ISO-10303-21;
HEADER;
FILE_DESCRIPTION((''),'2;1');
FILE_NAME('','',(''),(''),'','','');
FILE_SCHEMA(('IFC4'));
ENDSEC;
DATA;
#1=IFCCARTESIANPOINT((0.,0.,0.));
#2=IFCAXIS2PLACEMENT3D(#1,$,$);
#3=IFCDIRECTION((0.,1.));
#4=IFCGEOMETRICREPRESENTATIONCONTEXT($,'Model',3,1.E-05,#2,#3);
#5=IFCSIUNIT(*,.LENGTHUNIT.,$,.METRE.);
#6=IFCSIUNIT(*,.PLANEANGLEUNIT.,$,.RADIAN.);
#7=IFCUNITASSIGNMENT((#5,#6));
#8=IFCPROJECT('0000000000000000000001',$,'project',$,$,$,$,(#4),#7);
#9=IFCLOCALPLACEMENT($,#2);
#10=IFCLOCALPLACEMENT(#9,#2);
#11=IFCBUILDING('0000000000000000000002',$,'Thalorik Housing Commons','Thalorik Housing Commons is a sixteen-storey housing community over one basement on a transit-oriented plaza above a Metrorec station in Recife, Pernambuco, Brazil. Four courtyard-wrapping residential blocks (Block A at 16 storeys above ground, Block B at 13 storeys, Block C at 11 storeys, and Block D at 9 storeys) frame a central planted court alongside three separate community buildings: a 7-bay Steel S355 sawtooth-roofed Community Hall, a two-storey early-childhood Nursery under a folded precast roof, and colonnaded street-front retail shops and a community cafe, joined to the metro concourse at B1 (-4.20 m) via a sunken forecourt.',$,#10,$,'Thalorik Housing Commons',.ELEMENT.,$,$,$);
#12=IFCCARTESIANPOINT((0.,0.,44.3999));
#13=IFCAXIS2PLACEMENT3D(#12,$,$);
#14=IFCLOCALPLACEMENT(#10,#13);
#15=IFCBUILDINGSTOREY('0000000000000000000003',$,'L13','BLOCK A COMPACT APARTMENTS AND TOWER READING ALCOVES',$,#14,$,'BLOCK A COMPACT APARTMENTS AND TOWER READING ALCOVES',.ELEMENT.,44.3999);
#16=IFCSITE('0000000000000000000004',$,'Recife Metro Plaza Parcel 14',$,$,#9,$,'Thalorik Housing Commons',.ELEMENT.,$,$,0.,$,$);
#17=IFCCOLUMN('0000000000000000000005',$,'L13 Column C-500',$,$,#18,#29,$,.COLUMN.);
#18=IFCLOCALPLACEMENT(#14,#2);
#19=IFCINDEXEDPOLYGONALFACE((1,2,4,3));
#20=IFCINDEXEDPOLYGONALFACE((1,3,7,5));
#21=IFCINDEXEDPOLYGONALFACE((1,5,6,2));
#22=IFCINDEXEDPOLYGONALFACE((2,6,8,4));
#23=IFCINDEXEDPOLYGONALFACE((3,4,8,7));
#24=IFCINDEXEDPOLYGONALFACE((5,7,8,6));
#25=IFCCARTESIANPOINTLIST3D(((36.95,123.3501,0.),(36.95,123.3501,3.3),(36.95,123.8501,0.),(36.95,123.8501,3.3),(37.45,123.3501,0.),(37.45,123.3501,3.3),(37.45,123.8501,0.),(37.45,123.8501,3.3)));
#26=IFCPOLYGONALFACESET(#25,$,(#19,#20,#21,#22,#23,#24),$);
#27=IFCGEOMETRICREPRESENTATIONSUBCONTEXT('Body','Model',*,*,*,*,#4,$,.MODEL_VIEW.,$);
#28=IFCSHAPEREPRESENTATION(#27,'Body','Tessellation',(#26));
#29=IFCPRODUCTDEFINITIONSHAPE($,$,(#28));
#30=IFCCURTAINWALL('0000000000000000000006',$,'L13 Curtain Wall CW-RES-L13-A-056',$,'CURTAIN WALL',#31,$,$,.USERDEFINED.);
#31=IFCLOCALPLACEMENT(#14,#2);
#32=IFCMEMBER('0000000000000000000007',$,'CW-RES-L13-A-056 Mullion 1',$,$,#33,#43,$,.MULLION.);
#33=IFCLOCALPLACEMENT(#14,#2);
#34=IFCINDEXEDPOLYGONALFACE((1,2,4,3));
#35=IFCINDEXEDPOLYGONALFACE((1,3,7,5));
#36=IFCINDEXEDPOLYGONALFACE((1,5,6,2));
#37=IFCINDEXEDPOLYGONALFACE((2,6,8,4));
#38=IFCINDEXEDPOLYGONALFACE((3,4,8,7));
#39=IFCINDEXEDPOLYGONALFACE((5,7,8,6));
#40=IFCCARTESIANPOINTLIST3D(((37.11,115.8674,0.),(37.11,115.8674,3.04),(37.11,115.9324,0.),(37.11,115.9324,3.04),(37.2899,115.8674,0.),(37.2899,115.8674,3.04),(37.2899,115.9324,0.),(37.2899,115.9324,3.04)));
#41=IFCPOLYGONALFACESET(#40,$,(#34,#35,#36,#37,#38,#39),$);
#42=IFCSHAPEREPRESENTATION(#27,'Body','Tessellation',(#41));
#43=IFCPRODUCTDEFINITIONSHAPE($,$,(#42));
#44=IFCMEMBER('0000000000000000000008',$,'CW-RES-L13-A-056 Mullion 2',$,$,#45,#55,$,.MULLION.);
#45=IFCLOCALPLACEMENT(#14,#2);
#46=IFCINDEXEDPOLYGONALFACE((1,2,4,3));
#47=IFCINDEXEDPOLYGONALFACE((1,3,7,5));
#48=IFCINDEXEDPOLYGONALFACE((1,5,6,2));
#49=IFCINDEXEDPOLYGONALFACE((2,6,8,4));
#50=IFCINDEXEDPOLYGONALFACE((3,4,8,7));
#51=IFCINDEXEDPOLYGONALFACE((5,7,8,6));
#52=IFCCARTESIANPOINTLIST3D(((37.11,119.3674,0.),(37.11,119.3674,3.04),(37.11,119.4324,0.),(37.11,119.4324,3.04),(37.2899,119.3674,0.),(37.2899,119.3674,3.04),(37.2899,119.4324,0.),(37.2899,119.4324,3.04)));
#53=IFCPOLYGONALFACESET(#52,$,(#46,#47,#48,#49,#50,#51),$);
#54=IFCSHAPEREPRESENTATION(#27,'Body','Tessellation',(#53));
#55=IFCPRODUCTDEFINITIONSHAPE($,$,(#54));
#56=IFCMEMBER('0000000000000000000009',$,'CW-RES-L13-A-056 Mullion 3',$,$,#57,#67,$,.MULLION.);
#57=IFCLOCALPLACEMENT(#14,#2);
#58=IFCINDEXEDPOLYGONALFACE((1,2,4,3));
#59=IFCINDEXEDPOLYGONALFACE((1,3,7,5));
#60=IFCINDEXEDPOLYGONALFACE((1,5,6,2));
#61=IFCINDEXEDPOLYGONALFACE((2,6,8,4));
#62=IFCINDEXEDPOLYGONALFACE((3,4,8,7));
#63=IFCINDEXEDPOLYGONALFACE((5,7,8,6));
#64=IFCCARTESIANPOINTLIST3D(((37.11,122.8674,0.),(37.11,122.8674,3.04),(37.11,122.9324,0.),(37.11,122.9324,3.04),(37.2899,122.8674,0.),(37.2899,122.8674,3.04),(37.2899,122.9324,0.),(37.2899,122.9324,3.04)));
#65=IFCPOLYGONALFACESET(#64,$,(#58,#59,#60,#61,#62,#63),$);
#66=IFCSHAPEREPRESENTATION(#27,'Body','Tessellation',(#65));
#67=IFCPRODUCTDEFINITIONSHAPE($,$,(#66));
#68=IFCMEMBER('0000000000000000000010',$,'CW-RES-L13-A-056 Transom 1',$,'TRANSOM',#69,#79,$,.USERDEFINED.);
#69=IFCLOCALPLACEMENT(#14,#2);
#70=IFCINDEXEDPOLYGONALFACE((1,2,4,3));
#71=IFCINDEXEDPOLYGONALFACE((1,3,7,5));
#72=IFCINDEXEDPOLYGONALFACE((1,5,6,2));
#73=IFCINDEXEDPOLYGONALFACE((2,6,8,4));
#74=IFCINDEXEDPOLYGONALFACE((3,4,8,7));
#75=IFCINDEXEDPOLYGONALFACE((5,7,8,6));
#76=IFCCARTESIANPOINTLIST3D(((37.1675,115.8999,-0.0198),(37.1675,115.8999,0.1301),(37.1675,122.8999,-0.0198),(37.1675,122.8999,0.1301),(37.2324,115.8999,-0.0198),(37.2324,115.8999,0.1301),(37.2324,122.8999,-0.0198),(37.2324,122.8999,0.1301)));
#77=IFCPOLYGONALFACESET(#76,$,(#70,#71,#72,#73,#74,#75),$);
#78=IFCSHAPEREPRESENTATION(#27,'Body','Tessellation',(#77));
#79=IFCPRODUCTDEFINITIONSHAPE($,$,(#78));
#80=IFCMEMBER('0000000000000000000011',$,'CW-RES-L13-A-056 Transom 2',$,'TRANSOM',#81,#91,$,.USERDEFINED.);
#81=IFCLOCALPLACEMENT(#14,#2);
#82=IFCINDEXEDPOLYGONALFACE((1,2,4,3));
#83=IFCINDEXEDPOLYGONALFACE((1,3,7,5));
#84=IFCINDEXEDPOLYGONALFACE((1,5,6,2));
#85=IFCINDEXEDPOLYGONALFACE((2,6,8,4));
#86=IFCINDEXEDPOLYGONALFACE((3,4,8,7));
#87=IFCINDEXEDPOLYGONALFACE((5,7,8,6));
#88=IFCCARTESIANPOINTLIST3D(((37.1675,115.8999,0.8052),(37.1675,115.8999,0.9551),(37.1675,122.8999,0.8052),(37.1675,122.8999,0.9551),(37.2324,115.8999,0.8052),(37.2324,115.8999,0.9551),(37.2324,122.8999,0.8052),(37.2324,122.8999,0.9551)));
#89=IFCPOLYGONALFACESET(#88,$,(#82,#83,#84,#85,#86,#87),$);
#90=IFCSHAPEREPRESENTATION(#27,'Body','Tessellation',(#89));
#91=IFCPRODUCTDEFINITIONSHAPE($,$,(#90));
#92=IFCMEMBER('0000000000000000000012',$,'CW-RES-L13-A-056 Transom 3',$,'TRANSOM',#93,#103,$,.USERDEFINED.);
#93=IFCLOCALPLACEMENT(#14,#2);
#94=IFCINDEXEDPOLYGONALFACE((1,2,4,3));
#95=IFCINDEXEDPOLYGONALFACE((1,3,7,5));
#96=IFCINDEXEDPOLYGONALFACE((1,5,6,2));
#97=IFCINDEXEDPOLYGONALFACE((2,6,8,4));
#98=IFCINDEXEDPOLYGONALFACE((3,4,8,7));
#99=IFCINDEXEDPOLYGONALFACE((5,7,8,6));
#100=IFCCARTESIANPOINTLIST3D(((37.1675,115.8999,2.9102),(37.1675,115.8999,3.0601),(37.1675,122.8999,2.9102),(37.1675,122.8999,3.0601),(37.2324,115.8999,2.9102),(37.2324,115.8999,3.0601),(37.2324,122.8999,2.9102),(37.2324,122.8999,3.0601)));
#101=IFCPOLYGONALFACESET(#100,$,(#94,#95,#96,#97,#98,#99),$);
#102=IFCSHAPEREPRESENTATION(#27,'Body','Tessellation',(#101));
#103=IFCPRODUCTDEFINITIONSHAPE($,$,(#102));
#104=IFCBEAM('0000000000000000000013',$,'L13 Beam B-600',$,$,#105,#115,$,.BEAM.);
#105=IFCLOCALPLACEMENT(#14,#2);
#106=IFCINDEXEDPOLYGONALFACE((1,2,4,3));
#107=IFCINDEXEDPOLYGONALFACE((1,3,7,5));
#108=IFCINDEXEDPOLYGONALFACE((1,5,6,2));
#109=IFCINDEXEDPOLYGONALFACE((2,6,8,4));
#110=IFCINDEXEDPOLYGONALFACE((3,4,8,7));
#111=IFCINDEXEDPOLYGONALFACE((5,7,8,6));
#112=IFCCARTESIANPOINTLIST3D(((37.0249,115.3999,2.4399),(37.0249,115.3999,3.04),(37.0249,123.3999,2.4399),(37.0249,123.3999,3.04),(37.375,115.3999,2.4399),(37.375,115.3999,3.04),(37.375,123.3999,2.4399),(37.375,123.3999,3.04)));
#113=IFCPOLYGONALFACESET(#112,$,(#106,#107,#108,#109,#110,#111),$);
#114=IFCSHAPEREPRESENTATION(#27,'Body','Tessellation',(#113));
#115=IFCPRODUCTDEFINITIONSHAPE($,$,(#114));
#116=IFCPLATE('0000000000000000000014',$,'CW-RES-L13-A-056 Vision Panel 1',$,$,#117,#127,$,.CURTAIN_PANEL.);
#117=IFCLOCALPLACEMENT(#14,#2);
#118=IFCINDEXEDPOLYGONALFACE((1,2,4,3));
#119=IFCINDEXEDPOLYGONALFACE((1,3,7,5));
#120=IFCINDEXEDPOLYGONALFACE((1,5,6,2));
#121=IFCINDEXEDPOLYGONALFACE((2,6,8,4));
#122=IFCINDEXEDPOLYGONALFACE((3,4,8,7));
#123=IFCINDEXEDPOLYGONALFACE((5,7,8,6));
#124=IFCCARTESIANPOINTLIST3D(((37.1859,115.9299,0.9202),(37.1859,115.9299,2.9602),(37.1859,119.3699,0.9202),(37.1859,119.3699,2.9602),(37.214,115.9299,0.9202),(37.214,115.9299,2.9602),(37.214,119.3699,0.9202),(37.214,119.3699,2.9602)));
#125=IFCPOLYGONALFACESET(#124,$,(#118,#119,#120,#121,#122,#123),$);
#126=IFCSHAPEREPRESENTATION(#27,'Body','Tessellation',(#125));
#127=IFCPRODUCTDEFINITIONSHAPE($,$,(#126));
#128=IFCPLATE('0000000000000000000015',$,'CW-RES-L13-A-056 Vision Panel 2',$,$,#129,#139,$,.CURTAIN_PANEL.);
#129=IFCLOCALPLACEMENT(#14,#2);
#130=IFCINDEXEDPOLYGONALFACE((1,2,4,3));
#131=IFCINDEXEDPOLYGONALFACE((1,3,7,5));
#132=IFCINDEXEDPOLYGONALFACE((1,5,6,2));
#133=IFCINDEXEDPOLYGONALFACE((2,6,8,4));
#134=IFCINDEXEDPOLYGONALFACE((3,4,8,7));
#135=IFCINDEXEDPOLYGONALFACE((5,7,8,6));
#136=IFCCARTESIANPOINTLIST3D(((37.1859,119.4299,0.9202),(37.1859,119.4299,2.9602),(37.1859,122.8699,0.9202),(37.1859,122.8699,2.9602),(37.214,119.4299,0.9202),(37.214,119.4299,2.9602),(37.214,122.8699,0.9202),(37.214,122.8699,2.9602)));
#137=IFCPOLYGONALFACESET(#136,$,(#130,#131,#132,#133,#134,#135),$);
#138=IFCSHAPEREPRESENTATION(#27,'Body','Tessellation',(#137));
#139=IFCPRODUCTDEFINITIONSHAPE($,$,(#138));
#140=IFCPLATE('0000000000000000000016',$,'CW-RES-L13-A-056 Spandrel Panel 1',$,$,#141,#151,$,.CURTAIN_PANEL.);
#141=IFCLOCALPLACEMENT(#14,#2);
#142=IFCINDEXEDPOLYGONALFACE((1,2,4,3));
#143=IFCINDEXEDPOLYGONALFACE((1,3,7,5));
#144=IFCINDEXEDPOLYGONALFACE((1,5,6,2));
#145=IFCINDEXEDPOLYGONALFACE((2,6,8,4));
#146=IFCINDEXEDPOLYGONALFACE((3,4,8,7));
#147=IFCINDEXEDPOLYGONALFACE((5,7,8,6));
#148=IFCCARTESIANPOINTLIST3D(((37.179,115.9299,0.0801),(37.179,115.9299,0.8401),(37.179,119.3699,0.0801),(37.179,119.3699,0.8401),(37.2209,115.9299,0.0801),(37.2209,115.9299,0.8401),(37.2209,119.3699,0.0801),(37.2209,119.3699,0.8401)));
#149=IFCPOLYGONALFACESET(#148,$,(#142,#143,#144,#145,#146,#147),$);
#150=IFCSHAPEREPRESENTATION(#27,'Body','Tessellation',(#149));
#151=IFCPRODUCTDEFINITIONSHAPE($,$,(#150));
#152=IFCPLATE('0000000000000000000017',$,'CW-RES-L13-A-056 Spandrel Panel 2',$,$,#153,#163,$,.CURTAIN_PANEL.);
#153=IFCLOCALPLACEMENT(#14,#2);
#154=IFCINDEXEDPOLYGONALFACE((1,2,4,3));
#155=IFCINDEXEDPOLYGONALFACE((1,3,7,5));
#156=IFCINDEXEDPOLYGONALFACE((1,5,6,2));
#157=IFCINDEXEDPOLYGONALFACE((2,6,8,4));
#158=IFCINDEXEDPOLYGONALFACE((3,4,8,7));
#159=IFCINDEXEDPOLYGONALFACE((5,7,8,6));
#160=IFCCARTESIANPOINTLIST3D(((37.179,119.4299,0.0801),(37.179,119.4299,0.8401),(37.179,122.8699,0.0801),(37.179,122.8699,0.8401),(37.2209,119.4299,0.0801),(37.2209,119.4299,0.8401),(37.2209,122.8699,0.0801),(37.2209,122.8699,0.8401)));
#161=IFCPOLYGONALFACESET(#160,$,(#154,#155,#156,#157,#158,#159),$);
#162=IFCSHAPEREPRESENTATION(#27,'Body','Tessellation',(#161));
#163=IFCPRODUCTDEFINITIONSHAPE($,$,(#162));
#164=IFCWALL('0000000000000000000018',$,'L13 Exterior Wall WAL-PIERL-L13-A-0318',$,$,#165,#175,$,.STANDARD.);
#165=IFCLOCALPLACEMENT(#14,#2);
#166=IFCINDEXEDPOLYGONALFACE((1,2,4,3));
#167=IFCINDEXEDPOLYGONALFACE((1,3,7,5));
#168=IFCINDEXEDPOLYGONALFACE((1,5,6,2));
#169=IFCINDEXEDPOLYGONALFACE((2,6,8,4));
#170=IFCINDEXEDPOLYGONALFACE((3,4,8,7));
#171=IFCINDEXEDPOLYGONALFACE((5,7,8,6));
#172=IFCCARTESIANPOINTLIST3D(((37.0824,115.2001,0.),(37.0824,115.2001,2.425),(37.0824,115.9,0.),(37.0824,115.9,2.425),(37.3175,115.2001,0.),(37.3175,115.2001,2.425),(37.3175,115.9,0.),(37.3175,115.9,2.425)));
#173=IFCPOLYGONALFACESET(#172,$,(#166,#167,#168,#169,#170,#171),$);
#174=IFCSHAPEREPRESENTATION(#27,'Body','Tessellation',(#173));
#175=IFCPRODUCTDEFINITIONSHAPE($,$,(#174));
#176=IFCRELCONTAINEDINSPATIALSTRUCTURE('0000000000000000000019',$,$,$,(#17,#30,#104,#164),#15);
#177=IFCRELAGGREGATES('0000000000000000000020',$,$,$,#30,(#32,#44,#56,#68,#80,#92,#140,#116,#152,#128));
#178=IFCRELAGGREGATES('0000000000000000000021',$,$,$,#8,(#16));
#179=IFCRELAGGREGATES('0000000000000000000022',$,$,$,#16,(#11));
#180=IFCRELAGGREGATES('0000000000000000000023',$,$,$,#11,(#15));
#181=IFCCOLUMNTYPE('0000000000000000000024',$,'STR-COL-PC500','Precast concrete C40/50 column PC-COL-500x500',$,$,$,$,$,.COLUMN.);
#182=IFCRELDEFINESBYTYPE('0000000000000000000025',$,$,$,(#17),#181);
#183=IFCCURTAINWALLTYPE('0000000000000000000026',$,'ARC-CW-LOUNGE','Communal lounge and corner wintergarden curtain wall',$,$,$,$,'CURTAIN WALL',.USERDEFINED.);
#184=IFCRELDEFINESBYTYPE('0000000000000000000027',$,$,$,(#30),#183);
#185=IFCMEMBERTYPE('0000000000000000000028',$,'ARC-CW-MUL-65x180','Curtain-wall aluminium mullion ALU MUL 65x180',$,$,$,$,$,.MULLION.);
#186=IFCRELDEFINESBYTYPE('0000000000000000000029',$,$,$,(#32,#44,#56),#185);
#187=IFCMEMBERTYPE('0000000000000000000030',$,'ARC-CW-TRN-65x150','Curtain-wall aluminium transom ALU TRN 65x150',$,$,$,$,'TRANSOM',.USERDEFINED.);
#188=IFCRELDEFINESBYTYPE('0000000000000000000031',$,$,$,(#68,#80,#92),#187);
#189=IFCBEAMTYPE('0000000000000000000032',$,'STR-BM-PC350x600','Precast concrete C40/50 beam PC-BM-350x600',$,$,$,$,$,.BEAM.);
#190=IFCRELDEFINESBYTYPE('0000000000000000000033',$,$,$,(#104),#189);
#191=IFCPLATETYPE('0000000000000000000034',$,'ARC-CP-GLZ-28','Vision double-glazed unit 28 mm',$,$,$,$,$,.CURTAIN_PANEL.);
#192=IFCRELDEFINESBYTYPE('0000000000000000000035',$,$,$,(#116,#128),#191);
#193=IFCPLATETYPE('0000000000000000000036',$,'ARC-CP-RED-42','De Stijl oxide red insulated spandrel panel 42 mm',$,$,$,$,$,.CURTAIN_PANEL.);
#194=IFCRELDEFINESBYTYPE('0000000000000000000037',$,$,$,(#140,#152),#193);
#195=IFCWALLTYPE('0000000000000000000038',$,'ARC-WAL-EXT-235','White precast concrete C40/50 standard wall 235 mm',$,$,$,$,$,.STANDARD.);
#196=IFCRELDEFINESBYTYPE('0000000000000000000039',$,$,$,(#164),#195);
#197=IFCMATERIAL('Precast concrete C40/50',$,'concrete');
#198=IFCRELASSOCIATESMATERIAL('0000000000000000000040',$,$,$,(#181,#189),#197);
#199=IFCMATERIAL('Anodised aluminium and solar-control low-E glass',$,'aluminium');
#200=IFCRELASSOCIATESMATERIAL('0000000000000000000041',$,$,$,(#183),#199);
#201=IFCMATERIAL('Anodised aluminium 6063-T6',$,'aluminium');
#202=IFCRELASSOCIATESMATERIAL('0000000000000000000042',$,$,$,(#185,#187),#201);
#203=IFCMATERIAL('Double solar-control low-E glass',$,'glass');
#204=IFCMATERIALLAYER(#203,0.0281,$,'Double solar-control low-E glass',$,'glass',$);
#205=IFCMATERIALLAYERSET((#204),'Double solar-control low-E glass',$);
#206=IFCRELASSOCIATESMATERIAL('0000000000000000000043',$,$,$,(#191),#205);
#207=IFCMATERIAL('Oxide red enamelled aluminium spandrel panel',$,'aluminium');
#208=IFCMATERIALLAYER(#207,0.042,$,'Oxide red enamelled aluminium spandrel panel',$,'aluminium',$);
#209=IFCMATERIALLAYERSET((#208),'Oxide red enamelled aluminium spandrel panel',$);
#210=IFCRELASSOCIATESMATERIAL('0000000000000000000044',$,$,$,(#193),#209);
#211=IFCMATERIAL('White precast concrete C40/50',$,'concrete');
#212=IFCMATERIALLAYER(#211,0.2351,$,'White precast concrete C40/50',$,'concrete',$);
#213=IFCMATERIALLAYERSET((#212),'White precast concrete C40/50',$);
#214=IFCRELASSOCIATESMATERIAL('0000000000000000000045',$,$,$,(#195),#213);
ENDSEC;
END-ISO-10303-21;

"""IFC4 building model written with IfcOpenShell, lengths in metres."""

from ifc_helpers import new_model, si_unit, direction, frame, frame_2d, origin, origin_2d, place, context, subcontext, project, spatial, rectangle, extrude, material, layer, layer_set, material_profile, profile_set, type_object, element, aggregate, save


model = new_model("IFC4")

# Units and contexts
model_context = context("Model", 3, precision=1e-05, world=origin(), true_north=direction((0.0, 1.0)))
body_context = subcontext(model_context, "Body", "Model", "MODEL_VIEW")
ifc_project = project(units=[si_unit("LENGTHUNIT", "METRE"), si_unit("PLANEANGLEUNIT", "RADIAN")], contexts=[model_context])

# Site, building, storey
site_placement = place(None, origin())
site = spatial("IfcSite", under=ifc_project, at=site_placement, Name="Recife Metro Plaza Parcel 14", LongName="Thalorik Housing Commons", CompositionType="ELEMENT", RefElevation=0.0)
building_placement = place(site_placement, origin())
building = spatial("IfcBuilding", under=site, at=building_placement, Name="Thalorik Housing Commons", Description="Thalorik Housing Commons is a sixteen-storey housing community over one basement on a transit-oriented plaza above a Metrorec station in Recife, Pernambuco, Brazil. Four courtyard-wrapping residential blocks (Block A at 16 storeys above ground, Block B at 13 storeys, Block C at 11 storeys, and Block D at 9 storeys) frame a central planted court alongside three separate community buildings: a 7-bay Steel S355 sawtooth-roofed Community Hall, a two-storey early-childhood Nursery under a folded precast roof, and colonnaded street-front retail shops and a community cafe, joined to the metro concourse at B1 (-4.20 m) via a sunken forecourt.", LongName="Thalorik Housing Commons", CompositionType="ELEMENT")
storey_placement = place(building_placement, frame((0.0, 0.0, 44.3999)))
storey = spatial("IfcBuildingStorey", under=building, at=storey_placement, Name="L13", Description="BLOCK A COMPACT APARTMENTS AND TOWER READING ALCOVES", LongName="BLOCK A COMPACT APARTMENTS AND TOWER READING ALCOVES", CompositionType="ELEMENT", Elevation=44.3999)

# Column
ifc_material_1 = material(Name="Precast concrete C40/50", Category="concrete")
ifc_material_profile_1 = material_profile(ifc_material_1, rectangle(XDim=0.5, YDim=0.5, at=origin_2d()), Name="PC 500x500", Category="concrete")
ifc_profile_set_1 = profile_set([ifc_material_profile_1], Name="Precast concrete C40/50")
column_type = type_object("IfcColumnType", Name="STR-COL-PC500", Description="Precast concrete C40/50 column PC-COL-500x500", PredefinedType="COLUMN", material=ifc_profile_set_1)
column_placement = place(storey_placement, frame((37.2, 123.6001, 0.0), z_axis=(0.0, 0.0, 1.0), x_axis=(1.0, 0.0, 0.0)))
element("IfcColumn", 1, at=column_placement, inside=storey, type_object=column_type, Name="L13 Column C-500", PredefinedType="COLUMN", context=body_context, shape_type="SweptSolid", body=[
    extrude(rectangle(XDim=0.5, YDim=0.5, at=origin_2d()), origin(), (0.0, 0.0, 1.0), 3.3),
])

# Curtain wall, members
ifc_material_2 = material(Name="Anodised aluminium and solar-control low-E glass", Category="aluminium")
curtain_wall_type = type_object("IfcCurtainWallType", Name="ARC-CW-LOUNGE", Description="Communal lounge and corner wintergarden curtain wall", ElementType="CURTAIN WALL", PredefinedType="USERDEFINED", material=ifc_material_2)
curtain_wall_placement = place(storey_placement, origin())
curtain_wall = element("IfcCurtainWall", 2, at=curtain_wall_placement, inside=storey, type_object=curtain_wall_type, Name="L13 Curtain Wall CW-RES-L13-A-056", ObjectType="CURTAIN WALL", PredefinedType="USERDEFINED")
ifc_material_3 = material(Name="Anodised aluminium 6063-T6", Category="aluminium")
ifc_material_profile_2 = material_profile(ifc_material_3, rectangle(XDim=0.0649, YDim=0.1799, at=origin_2d()), Name="ALU MUL 65x180", Category="aluminium")
ifc_profile_set_2 = profile_set([ifc_material_profile_2], Name="Anodised aluminium 6063-T6")
member_type_1 = type_object("IfcMemberType", Name="ARC-CW-MUL-65x180", Description="Curtain-wall aluminium mullion ALU MUL 65x180", PredefinedType="MULLION", material=ifc_profile_set_2)
member_1_placement = place(storey_placement, frame((37.2, 115.8999, 0.0), z_axis=(0.0, 0.0, 1.0), x_axis=(0.0, 1.0, 0.0)))
member_1 = element("IfcMember", 3, at=member_1_placement, type_object=member_type_1, Name="CW-RES-L13-A-056 Mullion 1", PredefinedType="MULLION", context=body_context, shape_type="SweptSolid", body=[
    extrude(rectangle(XDim=0.0649, YDim=0.1799, at=origin_2d()), origin(), (0.0, 0.0, 1.0), 3.04),
])
member_2_placement = place(storey_placement, frame((37.2, 119.3999, 0.0), z_axis=(0.0, 0.0, 1.0), x_axis=(0.0, 1.0, 0.0)))
member_2 = element("IfcMember", 4, at=member_2_placement, type_object=member_type_1, Name="CW-RES-L13-A-056 Mullion 2", PredefinedType="MULLION", context=body_context, shape_type="SweptSolid", body=[
    extrude(rectangle(XDim=0.0649, YDim=0.1799, at=origin_2d()), origin(), (0.0, 0.0, 1.0), 3.04),
])
member_3_placement = place(storey_placement, frame((37.2, 122.8999, 0.0), z_axis=(0.0, 0.0, 1.0), x_axis=(0.0, 1.0, 0.0)))
member_3 = element("IfcMember", 5, at=member_3_placement, type_object=member_type_1, Name="CW-RES-L13-A-056 Mullion 3", PredefinedType="MULLION", context=body_context, shape_type="SweptSolid", body=[
    extrude(rectangle(XDim=0.0649, YDim=0.1799, at=origin_2d()), origin(), (0.0, 0.0, 1.0), 3.04),
])
ifc_material_profile_3 = material_profile(ifc_material_3, rectangle(XDim=0.0649, YDim=0.1499, at=origin_2d()), Name="ALU TRN 65x150", Category="aluminium")
ifc_profile_set_3 = profile_set([ifc_material_profile_3], Name="Anodised aluminium 6063-T6")
member_type_2 = type_object("IfcMemberType", Name="ARC-CW-TRN-65x150", Description="Curtain-wall aluminium transom ALU TRN 65x150", ElementType="TRANSOM", PredefinedType="USERDEFINED", material=ifc_profile_set_3)
member_4_placement = place(storey_placement, frame((37.2, 115.8999, 0.0552), z_axis=(0.0, 1.0, 0.0), x_axis=(-1.0, 0.0, 0.0)))
member_4 = element("IfcMember", 6, at=member_4_placement, type_object=member_type_2, Name="CW-RES-L13-A-056 Transom 1", ObjectType="TRANSOM", PredefinedType="USERDEFINED", context=body_context, shape_type="SweptSolid", body=[
    extrude(rectangle(XDim=0.0649, YDim=0.1499, at=origin_2d()), origin(), (0.0, 0.0, 1.0), 7.0),
])
member_5_placement = place(storey_placement, frame((37.2, 115.8999, 0.8801), z_axis=(0.0, 1.0, 0.0), x_axis=(-1.0, 0.0, 0.0)))
member_5 = element("IfcMember", 7, at=member_5_placement, type_object=member_type_2, Name="CW-RES-L13-A-056 Transom 2", ObjectType="TRANSOM", PredefinedType="USERDEFINED", context=body_context, shape_type="SweptSolid", body=[
    extrude(rectangle(XDim=0.0649, YDim=0.1499, at=origin_2d()), origin(), (0.0, 0.0, 1.0), 7.0),
])
member_6_placement = place(storey_placement, frame((37.2, 115.8999, 2.9851), z_axis=(0.0, 1.0, 0.0), x_axis=(-1.0, 0.0, 0.0)))
member_6 = element("IfcMember", 8, at=member_6_placement, type_object=member_type_2, Name="CW-RES-L13-A-056 Transom 3", ObjectType="TRANSOM", PredefinedType="USERDEFINED", context=body_context, shape_type="SweptSolid", body=[
    extrude(rectangle(XDim=0.0649, YDim=0.1499, at=origin_2d()), origin(), (0.0, 0.0, 1.0), 7.0),
])

# Beam
ifc_material_profile_4 = material_profile(ifc_material_1, rectangle(XDim=0.3501, YDim=0.6001, at=origin_2d()), Name="PC 350x600", Category="concrete")
ifc_profile_set_4 = profile_set([ifc_material_profile_4], Name="Precast concrete C40/50")
beam_type = type_object("IfcBeamType", Name="STR-BM-PC350x600", Description="Precast concrete C40/50 beam PC-BM-350x600", PredefinedType="BEAM", material=ifc_profile_set_4)
beam_placement = place(storey_placement, frame((37.2, 115.3999, 2.74), z_axis=(0.0, 1.0, 0.0), x_axis=(-1.0, 0.0, 0.0)))
element("IfcBeam", 9, at=beam_placement, inside=storey, type_object=beam_type, Name="L13 Beam B-600", PredefinedType="BEAM", context=body_context, shape_type="SweptSolid", body=[
    extrude(rectangle(XDim=0.3501, YDim=0.6001, at=origin_2d()), origin(), (0.0, 0.0, 1.0), 8.0),
])

# Plates
ifc_material_4 = material(Name="Double solar-control low-E glass", Category="glass")
ifc_layer_1 = layer(ifc_material_4, 0.0281, Name="Double solar-control low-E glass", Category="glass")
ifc_layer_set_1 = layer_set([ifc_layer_1], Name="Double solar-control low-E glass")
plate_type_1 = type_object("IfcPlateType", Name="ARC-CP-GLZ-28", Description="Vision double-glazed unit 28 mm", PredefinedType="CURTAIN_PANEL", material=ifc_layer_set_1)
plate_1_placement = place(storey_placement, frame((37.2, 117.6499, 0.9202), z_axis=(0.0, 0.0, 1.0), x_axis=(0.0, 1.0, 0.0)))
plate_1 = element("IfcPlate", 10, at=plate_1_placement, type_object=plate_type_1, Name="CW-RES-L13-A-056 Vision Panel 1", PredefinedType="CURTAIN_PANEL", context=body_context, shape_type="SweptSolid", body=[
    extrude(rectangle(XDim=3.4399, YDim=0.0281, at=origin_2d()), origin(), (0.0, 0.0, 1.0), 2.04),
])
plate_2_placement = place(storey_placement, frame((37.2, 121.1499, 0.9202), z_axis=(0.0, 0.0, 1.0), x_axis=(0.0, 1.0, 0.0)))
plate_2 = element("IfcPlate", 11, at=plate_2_placement, type_object=plate_type_1, Name="CW-RES-L13-A-056 Vision Panel 2", PredefinedType="CURTAIN_PANEL", context=body_context, shape_type="SweptSolid", body=[
    extrude(rectangle(XDim=3.4399, YDim=0.0281, at=origin_2d()), origin(), (0.0, 0.0, 1.0), 2.04),
])
ifc_material_5 = material(Name="Oxide red enamelled aluminium spandrel panel", Category="aluminium")
ifc_layer_2 = layer(ifc_material_5, 0.042, Name="Oxide red enamelled aluminium spandrel panel", Category="aluminium")
ifc_layer_set_2 = layer_set([ifc_layer_2], Name="Oxide red enamelled aluminium spandrel panel")
plate_type_2 = type_object("IfcPlateType", Name="ARC-CP-RED-42", Description="De Stijl oxide red insulated spandrel panel 42 mm", PredefinedType="CURTAIN_PANEL", material=ifc_layer_set_2)
plate_3_placement = place(storey_placement, frame((37.2, 117.6499, 0.0801), z_axis=(0.0, 0.0, 1.0), x_axis=(0.0, 1.0, 0.0)))
plate_3 = element("IfcPlate", 12, at=plate_3_placement, type_object=plate_type_2, Name="CW-RES-L13-A-056 Spandrel Panel 1", PredefinedType="CURTAIN_PANEL", context=body_context, shape_type="SweptSolid", body=[
    extrude(rectangle(XDim=3.4399, YDim=0.042, at=origin_2d()), origin(), (0.0, 0.0, 1.0), 0.76),
])
plate_4_placement = place(storey_placement, frame((37.2, 121.1499, 0.0801), z_axis=(0.0, 0.0, 1.0), x_axis=(0.0, 1.0, 0.0)))
plate_4 = element("IfcPlate", 13, at=plate_4_placement, type_object=plate_type_2, Name="CW-RES-L13-A-056 Spandrel Panel 2", PredefinedType="CURTAIN_PANEL", context=body_context, shape_type="SweptSolid", body=[
    extrude(rectangle(XDim=3.4399, YDim=0.042, at=origin_2d()), origin(), (0.0, 0.0, 1.0), 0.76),
])
aggregate(curtain_wall, [member_1, member_2, member_3, member_4, member_5, member_6, plate_3, plate_1, plate_4, plate_2])

# Wall
ifc_material_6 = material(Name="White precast concrete C40/50", Category="concrete")
ifc_layer_3 = layer(ifc_material_6, 0.2351, Name="White precast concrete C40/50", Category="concrete")
ifc_layer_set_3 = layer_set([ifc_layer_3], Name="White precast concrete C40/50")
wall_type = type_object("IfcWallType", Name="ARC-WAL-EXT-235", Description="White precast concrete C40/50 standard wall 235 mm", PredefinedType="STANDARD", material=ifc_layer_set_3)
wall_1_placement = place(storey_placement, frame((37.2, 115.2, 0.0), z_axis=(0.0, 0.0, 1.0), x_axis=(0.0, 1.0, 0.0)))
element("IfcWall", 14, at=wall_1_placement, inside=storey, type_object=wall_type, Name="L13 Exterior Wall WAL-PIERL-L13-A-0318", PredefinedType="STANDARD", context=body_context, shape_type="SweptSolid", body=[
    extrude(rectangle(XDim=0.7, YDim=0.2351, at=frame_2d((0.3501, 0.0))), origin(), (0.0, 0.0, 1.0), 2.425),
])

save(model, "model.ifc")
